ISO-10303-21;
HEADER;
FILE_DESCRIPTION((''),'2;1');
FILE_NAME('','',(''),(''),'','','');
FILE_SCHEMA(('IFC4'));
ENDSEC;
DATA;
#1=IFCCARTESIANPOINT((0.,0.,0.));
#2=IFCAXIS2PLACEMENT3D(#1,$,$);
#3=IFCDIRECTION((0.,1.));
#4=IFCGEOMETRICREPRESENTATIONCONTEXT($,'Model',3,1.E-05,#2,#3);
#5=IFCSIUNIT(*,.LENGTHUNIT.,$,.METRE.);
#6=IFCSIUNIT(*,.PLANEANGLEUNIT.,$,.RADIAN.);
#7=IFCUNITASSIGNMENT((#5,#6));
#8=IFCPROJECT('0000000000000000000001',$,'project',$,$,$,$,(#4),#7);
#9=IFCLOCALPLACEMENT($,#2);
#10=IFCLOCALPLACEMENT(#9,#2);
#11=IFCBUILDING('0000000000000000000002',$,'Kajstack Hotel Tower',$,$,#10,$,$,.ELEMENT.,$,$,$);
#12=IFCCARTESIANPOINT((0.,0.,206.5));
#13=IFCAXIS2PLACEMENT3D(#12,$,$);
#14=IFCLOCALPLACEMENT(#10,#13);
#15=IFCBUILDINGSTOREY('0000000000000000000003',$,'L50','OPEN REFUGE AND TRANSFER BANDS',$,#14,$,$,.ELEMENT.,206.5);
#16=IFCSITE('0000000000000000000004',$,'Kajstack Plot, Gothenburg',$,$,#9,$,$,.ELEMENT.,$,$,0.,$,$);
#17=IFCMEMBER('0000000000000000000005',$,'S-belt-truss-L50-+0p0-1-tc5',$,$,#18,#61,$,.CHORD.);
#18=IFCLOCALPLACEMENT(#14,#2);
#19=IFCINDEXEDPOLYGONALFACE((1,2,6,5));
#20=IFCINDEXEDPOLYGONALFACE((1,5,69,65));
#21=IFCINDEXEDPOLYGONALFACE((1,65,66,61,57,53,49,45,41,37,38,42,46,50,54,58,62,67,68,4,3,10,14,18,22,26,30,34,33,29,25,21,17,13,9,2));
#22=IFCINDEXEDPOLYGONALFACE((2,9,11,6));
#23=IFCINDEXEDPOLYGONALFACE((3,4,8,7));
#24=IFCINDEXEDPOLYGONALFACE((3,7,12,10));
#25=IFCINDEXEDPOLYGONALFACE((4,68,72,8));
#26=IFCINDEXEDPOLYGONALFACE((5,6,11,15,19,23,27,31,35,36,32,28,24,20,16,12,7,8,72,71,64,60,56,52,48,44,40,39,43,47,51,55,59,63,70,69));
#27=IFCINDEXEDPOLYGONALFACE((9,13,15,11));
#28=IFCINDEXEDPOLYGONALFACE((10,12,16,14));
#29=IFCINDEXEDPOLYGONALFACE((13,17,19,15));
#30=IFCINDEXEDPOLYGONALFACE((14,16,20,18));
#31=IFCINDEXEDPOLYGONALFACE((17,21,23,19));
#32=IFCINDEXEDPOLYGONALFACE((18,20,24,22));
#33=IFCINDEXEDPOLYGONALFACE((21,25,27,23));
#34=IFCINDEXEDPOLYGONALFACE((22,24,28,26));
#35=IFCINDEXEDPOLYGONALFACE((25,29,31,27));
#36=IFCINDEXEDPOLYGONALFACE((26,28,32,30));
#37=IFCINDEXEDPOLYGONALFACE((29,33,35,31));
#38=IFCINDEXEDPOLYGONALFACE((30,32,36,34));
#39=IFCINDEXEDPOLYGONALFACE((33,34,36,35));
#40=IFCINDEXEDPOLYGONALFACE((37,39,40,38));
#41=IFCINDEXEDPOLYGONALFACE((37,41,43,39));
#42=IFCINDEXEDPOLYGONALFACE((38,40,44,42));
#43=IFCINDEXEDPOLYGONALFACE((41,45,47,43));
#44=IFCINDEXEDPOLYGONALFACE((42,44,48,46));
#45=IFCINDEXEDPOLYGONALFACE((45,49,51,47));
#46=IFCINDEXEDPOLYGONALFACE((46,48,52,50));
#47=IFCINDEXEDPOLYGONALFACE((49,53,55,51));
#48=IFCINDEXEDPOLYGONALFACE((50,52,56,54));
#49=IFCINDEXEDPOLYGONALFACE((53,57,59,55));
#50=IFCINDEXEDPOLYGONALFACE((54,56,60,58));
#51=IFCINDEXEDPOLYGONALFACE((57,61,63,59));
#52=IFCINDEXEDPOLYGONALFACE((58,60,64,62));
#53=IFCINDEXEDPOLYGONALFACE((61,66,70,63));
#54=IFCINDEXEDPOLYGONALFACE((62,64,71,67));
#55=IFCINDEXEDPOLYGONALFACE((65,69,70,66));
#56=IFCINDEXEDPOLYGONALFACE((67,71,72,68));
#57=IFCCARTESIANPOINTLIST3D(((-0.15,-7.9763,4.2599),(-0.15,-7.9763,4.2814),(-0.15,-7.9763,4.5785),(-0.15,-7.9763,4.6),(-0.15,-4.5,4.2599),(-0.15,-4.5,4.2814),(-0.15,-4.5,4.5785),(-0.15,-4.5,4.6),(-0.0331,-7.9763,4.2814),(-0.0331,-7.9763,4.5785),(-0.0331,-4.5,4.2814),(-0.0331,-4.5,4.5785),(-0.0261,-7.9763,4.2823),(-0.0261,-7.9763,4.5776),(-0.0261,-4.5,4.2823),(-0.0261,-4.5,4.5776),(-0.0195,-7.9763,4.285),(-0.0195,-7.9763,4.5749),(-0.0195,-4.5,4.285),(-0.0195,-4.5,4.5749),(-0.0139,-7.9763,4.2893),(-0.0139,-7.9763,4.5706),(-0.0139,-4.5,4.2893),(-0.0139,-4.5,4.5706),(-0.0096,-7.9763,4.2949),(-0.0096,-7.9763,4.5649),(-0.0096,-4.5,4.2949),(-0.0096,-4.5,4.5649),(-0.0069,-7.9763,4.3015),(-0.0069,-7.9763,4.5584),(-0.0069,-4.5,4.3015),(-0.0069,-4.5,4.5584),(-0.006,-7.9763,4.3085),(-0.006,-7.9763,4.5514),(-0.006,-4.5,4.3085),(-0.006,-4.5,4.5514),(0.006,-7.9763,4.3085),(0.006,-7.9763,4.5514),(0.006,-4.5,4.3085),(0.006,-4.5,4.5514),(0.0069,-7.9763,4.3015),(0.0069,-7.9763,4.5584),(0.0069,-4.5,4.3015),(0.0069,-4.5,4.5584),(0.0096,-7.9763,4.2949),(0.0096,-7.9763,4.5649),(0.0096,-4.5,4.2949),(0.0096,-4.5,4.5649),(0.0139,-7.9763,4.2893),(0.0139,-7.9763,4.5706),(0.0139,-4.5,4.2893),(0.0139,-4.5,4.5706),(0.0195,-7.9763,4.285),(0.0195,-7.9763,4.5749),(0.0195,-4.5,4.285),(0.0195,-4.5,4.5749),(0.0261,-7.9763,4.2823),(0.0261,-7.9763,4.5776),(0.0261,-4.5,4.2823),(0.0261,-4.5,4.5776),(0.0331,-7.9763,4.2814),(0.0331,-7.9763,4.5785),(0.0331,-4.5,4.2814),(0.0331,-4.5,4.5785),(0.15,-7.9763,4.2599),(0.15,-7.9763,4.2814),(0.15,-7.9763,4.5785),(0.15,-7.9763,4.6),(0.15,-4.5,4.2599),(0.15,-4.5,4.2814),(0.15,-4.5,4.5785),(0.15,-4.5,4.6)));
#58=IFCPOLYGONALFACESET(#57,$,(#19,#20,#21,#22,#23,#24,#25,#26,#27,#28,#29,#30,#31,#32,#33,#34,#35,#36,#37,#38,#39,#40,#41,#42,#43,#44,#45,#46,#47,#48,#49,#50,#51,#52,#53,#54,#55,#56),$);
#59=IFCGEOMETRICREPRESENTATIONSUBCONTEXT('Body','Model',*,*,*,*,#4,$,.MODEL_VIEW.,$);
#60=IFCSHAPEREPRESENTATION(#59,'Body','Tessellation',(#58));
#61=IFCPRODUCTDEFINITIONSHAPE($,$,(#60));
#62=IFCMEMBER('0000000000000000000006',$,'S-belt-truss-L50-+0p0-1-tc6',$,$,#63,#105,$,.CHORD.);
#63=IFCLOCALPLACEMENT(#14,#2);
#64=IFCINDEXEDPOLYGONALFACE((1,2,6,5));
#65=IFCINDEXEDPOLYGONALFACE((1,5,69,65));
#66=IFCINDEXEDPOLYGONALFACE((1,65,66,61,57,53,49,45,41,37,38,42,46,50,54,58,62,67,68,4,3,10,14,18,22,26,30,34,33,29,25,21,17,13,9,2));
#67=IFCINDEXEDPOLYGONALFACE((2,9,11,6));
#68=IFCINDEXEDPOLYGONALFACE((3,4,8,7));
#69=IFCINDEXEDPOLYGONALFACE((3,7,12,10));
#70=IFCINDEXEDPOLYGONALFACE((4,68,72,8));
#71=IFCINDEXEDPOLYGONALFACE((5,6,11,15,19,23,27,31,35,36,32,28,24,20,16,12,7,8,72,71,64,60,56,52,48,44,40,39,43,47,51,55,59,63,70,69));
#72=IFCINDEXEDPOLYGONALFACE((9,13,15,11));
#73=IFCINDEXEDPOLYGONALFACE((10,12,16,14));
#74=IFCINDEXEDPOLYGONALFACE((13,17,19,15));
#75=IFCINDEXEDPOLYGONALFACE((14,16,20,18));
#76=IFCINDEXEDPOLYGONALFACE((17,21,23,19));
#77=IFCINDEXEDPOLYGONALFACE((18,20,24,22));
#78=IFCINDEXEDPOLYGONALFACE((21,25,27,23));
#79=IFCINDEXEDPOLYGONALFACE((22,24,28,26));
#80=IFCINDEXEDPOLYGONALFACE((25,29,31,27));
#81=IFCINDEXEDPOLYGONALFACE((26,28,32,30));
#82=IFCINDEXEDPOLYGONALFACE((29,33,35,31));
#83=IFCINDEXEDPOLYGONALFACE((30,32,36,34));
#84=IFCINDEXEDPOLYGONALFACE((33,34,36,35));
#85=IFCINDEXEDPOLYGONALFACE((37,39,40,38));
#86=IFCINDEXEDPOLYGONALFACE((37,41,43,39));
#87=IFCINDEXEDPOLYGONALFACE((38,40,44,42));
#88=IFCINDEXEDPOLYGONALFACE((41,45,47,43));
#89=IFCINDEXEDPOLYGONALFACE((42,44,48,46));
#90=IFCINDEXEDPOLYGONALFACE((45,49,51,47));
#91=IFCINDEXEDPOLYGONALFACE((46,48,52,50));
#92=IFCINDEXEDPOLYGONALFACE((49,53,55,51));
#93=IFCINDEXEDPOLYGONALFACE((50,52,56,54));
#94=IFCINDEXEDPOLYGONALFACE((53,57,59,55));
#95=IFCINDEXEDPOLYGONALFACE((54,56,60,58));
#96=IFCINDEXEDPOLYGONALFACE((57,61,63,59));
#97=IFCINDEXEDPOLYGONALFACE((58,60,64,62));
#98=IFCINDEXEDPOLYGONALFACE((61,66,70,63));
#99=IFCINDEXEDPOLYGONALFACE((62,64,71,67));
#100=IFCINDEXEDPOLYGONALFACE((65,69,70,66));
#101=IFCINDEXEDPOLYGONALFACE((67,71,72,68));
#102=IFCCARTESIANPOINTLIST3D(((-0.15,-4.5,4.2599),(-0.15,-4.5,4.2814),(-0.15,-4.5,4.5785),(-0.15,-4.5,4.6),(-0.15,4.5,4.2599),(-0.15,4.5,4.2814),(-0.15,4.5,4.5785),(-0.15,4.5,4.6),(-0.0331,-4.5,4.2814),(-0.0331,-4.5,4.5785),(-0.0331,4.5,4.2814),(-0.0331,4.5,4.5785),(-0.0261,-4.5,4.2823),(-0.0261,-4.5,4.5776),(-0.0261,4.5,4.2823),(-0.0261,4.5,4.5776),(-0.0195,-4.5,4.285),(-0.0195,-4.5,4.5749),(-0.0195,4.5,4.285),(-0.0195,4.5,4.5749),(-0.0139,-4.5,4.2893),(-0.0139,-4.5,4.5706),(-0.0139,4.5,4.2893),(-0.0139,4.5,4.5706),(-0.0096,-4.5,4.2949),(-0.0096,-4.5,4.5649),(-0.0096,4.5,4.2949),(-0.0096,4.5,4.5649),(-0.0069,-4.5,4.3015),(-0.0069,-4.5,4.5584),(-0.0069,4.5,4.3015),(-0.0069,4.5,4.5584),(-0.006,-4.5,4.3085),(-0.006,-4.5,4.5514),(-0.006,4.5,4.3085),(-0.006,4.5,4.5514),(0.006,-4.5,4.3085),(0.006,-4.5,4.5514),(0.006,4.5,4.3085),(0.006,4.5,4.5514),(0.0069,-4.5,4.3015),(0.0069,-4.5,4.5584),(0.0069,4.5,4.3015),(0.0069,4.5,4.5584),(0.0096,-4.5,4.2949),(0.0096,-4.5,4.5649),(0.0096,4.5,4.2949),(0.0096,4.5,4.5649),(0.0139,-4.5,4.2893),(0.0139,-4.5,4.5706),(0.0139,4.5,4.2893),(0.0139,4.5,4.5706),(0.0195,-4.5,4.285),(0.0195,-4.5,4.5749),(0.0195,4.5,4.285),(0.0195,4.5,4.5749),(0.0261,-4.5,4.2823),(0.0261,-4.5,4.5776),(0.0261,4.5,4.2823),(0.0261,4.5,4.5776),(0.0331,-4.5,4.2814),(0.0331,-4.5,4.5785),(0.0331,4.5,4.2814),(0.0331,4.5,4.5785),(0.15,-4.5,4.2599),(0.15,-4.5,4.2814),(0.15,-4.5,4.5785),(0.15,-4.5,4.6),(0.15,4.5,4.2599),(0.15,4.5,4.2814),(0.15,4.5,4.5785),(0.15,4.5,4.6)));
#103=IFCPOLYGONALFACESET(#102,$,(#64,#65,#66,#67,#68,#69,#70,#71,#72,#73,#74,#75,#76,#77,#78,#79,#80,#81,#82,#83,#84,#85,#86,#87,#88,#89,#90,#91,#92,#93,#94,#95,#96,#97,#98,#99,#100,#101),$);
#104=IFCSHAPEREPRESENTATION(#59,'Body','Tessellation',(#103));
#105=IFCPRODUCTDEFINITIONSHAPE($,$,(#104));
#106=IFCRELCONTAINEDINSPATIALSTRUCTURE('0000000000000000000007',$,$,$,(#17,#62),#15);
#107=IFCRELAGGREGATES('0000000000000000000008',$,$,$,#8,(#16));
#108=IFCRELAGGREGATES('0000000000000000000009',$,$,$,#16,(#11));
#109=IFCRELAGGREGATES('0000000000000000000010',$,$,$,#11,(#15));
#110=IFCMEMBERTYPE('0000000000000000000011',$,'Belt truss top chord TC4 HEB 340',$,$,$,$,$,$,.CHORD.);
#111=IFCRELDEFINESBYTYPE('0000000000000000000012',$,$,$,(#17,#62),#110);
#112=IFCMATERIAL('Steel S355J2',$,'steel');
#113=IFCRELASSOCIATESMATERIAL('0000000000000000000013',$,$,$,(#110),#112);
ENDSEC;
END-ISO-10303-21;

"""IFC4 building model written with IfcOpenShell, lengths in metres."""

from ifc_helpers import new_model, si_unit, direction, frame, origin, origin_2d, place, context, subcontext, project, spatial, i_section, extrude, material, material_profile, profile_set, type_object, element, save


model = new_model("IFC4")

# Units and contexts
model_context = context("Model", 3, precision=1e-05, world=origin(), true_north=direction((0.0, 1.0)))
body_context = subcontext(model_context, "Body", "Model", "MODEL_VIEW")
ifc_project = project(units=[si_unit("LENGTHUNIT", "METRE"), si_unit("PLANEANGLEUNIT", "RADIAN")], contexts=[model_context])

# Site, building, storey
site_placement = place(None, origin())
site = spatial("IfcSite", under=ifc_project, at=site_placement, Name="Kajstack Plot, Gothenburg", CompositionType="ELEMENT", RefElevation=0.0)
building_placement = place(site_placement, origin())
building = spatial("IfcBuilding", under=site, at=building_placement, Name="Kajstack Hotel Tower", CompositionType="ELEMENT")
storey_placement = place(building_placement, frame((0.0, 0.0, 206.5)))
storey = spatial("IfcBuildingStorey", under=building, at=storey_placement, Name="L50", Description="OPEN REFUGE AND TRANSFER BANDS", CompositionType="ELEMENT", Elevation=206.5)

# Members
ifc_material_1 = material(Name="Steel S355J2", Category="steel")
ifc_material_profile_1 = material_profile(ifc_material_1, i_section(OverallWidth=0.3, OverallDepth=0.3401, WebThickness=0.012, FlangeThickness=0.0215, FilletRadius=0.0271, at=origin_2d()), Name="HEB 340")
ifc_profile_set_1 = profile_set([ifc_material_profile_1], Name="Steel S355J2")
member_type_1 = type_object("IfcMemberType", Name="Belt truss top chord TC4 HEB 340", PredefinedType="CHORD", material=ifc_profile_set_1)
member_1_placement = place(storey_placement, frame((0.0, -7.9763, 4.4299), z_axis=(0.0, 1.0, 0.0), x_axis=(-1.0, 0.0, 0.0)))
element("IfcMember", 1, at=member_1_placement, inside=storey, type_object=member_type_1, Name="S-belt-truss-L50-+0p0-1-tc5", PredefinedType="CHORD", context=body_context, shape_type="SweptSolid", body=[
    extrude(i_section(OverallWidth=0.3, OverallDepth=0.3401, WebThickness=0.012, FlangeThickness=0.0215, FilletRadius=0.0271, at=origin_2d()), origin(), (0.0, 0.0, 1.0), 3.4763),
])
member_2_placement = place(storey_placement, frame((0.0, -4.5, 4.4299), z_axis=(0.0, 1.0, 0.0), x_axis=(-1.0, 0.0, 0.0)))
element("IfcMember", 2, at=member_2_placement, inside=storey, type_object=member_type_1, Name="S-belt-truss-L50-+0p0-1-tc6", PredefinedType="CHORD", context=body_context, shape_type="SweptSolid", body=[
    extrude(i_section(OverallWidth=0.3, OverallDepth=0.3401, WebThickness=0.012, FlangeThickness=0.0215, FilletRadius=0.0271, at=origin_2d()), origin(), (0.0, 0.0, 1.0), 9.0),
])

save(model, "model.ifc")
